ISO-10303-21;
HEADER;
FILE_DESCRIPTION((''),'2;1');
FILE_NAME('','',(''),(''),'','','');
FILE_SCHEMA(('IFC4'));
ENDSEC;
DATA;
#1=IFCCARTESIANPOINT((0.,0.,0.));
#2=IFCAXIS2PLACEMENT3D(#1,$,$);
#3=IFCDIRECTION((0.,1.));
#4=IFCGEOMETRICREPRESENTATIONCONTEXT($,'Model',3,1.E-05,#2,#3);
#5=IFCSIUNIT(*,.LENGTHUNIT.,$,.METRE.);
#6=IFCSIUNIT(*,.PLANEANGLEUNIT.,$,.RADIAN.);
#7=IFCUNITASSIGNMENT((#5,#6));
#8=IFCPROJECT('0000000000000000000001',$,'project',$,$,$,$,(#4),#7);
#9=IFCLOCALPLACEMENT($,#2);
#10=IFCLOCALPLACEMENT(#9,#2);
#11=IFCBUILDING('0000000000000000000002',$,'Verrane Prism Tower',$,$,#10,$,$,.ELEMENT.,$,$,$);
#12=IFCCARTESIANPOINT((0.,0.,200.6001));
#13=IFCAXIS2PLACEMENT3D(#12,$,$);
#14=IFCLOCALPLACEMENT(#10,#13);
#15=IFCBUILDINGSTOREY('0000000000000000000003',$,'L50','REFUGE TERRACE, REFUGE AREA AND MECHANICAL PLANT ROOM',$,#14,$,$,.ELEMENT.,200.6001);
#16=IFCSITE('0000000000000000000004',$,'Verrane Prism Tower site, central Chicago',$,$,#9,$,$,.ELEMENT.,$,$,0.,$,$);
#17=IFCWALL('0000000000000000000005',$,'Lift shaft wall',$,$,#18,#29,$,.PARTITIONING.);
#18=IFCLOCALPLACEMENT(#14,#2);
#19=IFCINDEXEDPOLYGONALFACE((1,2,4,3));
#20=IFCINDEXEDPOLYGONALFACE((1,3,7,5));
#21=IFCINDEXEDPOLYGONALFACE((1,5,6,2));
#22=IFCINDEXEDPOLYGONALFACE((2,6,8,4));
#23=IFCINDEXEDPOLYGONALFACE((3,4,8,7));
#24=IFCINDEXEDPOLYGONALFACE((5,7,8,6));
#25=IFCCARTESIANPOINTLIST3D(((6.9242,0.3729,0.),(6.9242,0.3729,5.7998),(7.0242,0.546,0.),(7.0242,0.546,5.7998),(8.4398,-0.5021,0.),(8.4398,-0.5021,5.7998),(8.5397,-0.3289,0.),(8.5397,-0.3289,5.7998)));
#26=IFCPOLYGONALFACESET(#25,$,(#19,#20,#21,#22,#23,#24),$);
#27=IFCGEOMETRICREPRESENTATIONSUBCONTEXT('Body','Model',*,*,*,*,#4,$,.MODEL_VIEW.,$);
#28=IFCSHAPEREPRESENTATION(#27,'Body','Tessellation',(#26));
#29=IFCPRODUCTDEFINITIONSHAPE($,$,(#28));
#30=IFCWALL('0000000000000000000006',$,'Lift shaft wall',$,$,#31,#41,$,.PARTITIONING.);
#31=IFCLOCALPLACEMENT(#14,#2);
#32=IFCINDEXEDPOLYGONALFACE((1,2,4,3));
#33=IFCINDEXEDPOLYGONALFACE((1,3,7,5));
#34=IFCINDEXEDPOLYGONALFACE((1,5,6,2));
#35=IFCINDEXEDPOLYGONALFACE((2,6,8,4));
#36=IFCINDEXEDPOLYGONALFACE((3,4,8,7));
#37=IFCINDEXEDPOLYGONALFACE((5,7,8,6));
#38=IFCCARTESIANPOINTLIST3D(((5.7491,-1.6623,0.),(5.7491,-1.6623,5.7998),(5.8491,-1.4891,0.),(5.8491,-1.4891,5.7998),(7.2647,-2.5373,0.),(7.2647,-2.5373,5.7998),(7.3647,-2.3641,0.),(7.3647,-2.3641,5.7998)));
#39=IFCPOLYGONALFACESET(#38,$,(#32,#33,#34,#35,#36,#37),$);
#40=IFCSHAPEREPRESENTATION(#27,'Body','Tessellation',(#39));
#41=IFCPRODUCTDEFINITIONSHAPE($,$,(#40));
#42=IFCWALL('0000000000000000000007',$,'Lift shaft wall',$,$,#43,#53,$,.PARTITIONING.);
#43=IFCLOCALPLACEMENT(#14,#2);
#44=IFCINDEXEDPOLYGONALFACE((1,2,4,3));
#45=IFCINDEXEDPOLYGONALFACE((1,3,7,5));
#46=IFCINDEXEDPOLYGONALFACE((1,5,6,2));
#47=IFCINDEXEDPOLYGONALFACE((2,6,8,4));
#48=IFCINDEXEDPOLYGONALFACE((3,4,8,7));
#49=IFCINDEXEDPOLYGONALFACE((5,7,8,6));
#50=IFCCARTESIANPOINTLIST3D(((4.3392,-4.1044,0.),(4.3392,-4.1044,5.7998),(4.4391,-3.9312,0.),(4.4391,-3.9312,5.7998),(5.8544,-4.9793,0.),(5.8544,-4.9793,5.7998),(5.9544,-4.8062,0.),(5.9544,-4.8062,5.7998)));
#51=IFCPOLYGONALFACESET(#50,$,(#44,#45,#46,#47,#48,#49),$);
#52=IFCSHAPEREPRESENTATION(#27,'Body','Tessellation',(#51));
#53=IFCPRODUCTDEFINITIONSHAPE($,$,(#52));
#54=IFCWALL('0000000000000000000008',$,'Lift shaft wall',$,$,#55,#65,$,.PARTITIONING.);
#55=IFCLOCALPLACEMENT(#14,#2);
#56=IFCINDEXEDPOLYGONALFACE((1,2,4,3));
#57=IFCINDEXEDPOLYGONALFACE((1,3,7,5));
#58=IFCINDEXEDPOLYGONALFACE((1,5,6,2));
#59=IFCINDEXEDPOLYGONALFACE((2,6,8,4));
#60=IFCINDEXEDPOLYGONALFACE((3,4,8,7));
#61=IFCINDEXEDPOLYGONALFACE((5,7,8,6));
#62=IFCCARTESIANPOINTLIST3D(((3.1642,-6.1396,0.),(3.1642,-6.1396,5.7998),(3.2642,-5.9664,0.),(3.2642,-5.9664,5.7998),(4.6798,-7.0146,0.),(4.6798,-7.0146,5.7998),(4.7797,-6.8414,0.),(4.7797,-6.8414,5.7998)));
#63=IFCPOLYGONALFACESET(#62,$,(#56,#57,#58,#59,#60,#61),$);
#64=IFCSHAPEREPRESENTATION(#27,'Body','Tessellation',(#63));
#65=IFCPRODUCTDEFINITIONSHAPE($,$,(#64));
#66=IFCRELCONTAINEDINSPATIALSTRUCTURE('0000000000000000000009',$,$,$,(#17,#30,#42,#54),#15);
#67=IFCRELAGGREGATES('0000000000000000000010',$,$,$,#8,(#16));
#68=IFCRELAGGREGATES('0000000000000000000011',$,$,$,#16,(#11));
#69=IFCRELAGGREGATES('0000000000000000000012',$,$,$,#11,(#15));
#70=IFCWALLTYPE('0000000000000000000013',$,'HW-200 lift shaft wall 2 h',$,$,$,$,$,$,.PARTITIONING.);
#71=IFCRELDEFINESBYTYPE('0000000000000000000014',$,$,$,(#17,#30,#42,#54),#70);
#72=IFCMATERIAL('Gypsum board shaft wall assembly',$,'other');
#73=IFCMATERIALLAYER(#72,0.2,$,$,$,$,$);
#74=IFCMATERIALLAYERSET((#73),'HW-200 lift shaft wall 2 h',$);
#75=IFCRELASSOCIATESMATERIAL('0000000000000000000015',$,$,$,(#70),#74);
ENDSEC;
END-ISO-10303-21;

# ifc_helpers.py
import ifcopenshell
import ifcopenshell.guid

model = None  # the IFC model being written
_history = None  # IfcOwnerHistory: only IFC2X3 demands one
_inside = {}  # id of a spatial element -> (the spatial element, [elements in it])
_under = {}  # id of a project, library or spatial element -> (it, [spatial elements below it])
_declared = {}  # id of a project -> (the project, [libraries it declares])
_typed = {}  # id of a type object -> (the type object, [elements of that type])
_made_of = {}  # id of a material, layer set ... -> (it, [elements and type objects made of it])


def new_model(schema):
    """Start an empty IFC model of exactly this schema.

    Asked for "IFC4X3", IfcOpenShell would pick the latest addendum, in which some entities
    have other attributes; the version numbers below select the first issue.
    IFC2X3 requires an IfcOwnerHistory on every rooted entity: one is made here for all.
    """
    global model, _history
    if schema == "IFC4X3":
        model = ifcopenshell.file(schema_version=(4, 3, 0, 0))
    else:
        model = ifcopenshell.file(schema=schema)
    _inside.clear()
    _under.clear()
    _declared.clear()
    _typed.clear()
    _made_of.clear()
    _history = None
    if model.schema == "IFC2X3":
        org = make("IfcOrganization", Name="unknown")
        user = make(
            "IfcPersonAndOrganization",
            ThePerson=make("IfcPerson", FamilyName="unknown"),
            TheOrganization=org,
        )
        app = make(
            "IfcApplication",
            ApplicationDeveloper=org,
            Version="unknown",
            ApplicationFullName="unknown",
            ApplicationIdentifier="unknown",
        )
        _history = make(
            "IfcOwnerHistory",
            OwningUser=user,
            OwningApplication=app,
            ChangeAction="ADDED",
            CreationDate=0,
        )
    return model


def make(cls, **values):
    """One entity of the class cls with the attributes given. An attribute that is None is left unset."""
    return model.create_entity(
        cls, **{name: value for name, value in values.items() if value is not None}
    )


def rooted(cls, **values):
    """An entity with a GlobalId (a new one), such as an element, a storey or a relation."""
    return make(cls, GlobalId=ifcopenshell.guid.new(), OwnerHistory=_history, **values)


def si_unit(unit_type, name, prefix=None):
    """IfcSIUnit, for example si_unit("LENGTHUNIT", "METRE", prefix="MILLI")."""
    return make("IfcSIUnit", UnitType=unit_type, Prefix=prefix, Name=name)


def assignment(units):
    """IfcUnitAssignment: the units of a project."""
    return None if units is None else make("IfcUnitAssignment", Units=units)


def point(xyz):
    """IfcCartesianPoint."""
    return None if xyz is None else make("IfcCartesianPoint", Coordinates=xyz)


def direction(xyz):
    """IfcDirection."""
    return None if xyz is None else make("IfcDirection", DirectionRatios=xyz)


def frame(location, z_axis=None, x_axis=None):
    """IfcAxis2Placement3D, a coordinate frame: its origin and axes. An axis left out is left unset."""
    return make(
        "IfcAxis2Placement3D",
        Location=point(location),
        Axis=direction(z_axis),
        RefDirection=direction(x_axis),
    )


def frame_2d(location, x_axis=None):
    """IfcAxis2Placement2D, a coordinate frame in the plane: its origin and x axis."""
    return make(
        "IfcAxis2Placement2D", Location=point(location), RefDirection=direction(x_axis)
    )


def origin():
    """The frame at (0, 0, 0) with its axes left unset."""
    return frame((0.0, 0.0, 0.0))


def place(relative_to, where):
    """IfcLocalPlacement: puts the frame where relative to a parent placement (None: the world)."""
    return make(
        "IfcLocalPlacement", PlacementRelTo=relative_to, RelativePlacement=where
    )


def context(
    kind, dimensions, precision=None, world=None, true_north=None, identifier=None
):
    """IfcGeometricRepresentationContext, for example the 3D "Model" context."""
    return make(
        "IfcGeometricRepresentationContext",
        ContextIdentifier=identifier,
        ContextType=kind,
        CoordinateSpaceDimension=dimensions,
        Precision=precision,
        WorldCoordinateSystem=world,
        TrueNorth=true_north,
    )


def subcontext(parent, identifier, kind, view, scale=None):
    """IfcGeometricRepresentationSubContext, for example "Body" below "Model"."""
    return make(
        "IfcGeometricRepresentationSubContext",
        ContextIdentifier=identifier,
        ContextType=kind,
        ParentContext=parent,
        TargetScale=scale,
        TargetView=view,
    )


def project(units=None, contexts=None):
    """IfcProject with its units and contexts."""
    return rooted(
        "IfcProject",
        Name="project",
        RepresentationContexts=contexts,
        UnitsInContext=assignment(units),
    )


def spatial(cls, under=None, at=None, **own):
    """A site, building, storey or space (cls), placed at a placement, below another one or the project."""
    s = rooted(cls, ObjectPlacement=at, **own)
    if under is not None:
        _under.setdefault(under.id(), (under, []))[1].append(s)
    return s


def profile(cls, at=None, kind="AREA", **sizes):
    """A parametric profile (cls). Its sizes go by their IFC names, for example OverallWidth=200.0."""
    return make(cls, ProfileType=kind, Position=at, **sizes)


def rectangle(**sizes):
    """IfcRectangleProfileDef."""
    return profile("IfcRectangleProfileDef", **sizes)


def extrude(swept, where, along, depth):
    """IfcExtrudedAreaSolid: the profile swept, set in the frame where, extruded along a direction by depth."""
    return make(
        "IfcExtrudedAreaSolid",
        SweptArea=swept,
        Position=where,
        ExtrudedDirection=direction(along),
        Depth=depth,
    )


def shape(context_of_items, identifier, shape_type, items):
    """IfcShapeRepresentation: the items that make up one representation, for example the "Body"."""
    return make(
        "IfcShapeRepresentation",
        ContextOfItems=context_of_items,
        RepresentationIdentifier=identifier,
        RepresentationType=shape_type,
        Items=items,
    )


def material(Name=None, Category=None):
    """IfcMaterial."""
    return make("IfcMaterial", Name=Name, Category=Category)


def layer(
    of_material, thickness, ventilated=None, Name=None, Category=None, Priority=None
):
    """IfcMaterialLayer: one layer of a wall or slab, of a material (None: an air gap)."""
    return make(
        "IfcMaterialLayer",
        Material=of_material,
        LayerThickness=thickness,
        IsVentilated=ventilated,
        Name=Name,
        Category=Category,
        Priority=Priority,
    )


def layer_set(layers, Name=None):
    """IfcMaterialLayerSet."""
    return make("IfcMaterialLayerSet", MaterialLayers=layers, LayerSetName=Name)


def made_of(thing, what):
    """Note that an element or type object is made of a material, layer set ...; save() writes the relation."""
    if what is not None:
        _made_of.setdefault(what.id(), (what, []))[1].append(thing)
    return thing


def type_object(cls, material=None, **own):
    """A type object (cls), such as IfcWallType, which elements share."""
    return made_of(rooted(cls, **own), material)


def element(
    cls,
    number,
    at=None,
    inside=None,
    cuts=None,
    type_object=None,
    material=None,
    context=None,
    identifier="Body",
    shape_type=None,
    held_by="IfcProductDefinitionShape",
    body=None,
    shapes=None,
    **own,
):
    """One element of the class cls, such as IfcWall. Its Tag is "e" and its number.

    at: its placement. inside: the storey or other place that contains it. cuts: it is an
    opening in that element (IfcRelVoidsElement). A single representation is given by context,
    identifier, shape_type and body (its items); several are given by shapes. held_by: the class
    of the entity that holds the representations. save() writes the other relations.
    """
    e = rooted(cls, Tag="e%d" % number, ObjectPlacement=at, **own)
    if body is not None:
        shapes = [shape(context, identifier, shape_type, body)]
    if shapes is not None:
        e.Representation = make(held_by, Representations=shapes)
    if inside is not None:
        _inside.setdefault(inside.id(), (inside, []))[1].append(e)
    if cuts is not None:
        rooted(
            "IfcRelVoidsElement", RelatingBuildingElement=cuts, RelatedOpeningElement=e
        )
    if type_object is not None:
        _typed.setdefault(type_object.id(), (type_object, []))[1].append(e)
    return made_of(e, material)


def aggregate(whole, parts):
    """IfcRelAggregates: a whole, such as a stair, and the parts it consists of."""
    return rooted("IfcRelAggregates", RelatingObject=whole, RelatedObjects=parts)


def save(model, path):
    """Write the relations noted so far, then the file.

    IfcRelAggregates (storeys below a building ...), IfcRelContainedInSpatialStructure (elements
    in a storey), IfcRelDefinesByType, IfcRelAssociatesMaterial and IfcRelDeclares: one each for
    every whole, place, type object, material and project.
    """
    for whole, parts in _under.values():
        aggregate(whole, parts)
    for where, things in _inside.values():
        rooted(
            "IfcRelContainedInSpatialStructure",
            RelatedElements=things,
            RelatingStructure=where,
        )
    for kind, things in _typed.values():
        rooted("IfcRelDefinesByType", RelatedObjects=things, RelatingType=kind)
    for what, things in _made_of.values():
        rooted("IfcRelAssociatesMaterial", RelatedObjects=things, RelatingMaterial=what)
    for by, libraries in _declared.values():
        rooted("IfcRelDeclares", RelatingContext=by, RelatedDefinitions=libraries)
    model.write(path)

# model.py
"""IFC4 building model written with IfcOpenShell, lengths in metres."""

from ifc_helpers import new_model, si_unit, direction, frame, frame_2d, origin, place, context, subcontext, project, spatial, rectangle, extrude, material, layer, layer_set, type_object, element, save


model = new_model("IFC4")

# Units and contexts
model_context = context("Model", 3, precision=1e-05, world=origin(), true_north=direction((0.0, 1.0)))
body_context = subcontext(model_context, "Body", "Model", "MODEL_VIEW")
ifc_project = project(units=[si_unit("LENGTHUNIT", "METRE"), si_unit("PLANEANGLEUNIT", "RADIAN")], contexts=[model_context])

# Site, building, storey
site_placement = place(None, origin())
site = spatial("IfcSite", under=ifc_project, at=site_placement, Name="Verrane Prism Tower site, central Chicago", CompositionType="ELEMENT", RefElevation=0.0)
building_placement = place(site_placement, origin())
building = spatial("IfcBuilding", under=site, at=building_placement, Name="Verrane Prism Tower", CompositionType="ELEMENT")
storey_placement = place(building_placement, frame((0.0, 0.0, 200.6001)))
storey = spatial("IfcBuildingStorey", under=building, at=storey_placement, Name="L50", Description="REFUGE TERRACE, REFUGE AREA AND MECHANICAL PLANT ROOM", CompositionType="ELEMENT", Elevation=200.6001)

# Shared definitions
ifc_material_1 = material(Name="Gypsum board shaft wall assembly", Category="other")
ifc_layer_1 = layer(ifc_material_1, 0.2)
ifc_layer_set_1 = layer_set([ifc_layer_1], Name="HW-200 lift shaft wall 2 h")
wall_type_1 = type_object("IfcWallType", Name="HW-200 lift shaft wall 2 h", PredefinedType="PARTITIONING", material=ifc_layer_set_1)

# Walls
for number, where, z_axis, x_axis, name in (
    (1, (8.4897, -0.4155, 0.0), (0.0, 0.0, 1.0), (-0.866037, 0.49998, 0.0), "Lift shaft wall"),
    (2, (7.3147, -2.4507, 0.0), (0.0, 0.0, 1.0), (-0.866037, 0.49998, 0.0), "Lift shaft wall"),
):
    element("IfcWall", number, at=place(storey_placement, frame(where, z_axis=z_axis, x_axis=x_axis)), inside=storey, type_object=wall_type_1, Name=name, PredefinedType="PARTITIONING", context=body_context, shape_type="SweptSolid", body=[
        extrude(rectangle(XDim=1.75, YDim=0.2, at=frame_2d((0.875, 0.0))), origin(), (0.0, 0.0, 1.0), 5.7998),
    ])
wall_1_placement = place(storey_placement, frame((5.9045, -4.8928, 0.0), z_axis=(0.0, 0.0, 1.0), x_axis=(-0.866002, 0.50004, 0.0)))
element("IfcWall", 3, at=wall_1_placement, inside=storey, type_object=wall_type_1, Name="Lift shaft wall", PredefinedType="PARTITIONING", context=body_context, shape_type="SweptSolid", body=[
    extrude(rectangle(XDim=1.7498, YDim=0.2, at=frame_2d((0.875, 0.0))), origin(), (0.0, 0.0, 1.0), 5.7998),
])
wall_2_placement = place(storey_placement, frame((4.7297, -6.928, 0.0), z_axis=(0.0, 0.0, 1.0), x_axis=(-0.866037, 0.49998, 0.0)))
element("IfcWall", 4, at=wall_2_placement, inside=storey, type_object=wall_type_1, Name="Lift shaft wall", PredefinedType="PARTITIONING", context=body_context, shape_type="SweptSolid", body=[
    extrude(rectangle(XDim=1.75, YDim=0.2, at=frame_2d((0.875, 0.0))), origin(), (0.0, 0.0, 1.0), 5.7998),
])

save(model, "model.ifc")
